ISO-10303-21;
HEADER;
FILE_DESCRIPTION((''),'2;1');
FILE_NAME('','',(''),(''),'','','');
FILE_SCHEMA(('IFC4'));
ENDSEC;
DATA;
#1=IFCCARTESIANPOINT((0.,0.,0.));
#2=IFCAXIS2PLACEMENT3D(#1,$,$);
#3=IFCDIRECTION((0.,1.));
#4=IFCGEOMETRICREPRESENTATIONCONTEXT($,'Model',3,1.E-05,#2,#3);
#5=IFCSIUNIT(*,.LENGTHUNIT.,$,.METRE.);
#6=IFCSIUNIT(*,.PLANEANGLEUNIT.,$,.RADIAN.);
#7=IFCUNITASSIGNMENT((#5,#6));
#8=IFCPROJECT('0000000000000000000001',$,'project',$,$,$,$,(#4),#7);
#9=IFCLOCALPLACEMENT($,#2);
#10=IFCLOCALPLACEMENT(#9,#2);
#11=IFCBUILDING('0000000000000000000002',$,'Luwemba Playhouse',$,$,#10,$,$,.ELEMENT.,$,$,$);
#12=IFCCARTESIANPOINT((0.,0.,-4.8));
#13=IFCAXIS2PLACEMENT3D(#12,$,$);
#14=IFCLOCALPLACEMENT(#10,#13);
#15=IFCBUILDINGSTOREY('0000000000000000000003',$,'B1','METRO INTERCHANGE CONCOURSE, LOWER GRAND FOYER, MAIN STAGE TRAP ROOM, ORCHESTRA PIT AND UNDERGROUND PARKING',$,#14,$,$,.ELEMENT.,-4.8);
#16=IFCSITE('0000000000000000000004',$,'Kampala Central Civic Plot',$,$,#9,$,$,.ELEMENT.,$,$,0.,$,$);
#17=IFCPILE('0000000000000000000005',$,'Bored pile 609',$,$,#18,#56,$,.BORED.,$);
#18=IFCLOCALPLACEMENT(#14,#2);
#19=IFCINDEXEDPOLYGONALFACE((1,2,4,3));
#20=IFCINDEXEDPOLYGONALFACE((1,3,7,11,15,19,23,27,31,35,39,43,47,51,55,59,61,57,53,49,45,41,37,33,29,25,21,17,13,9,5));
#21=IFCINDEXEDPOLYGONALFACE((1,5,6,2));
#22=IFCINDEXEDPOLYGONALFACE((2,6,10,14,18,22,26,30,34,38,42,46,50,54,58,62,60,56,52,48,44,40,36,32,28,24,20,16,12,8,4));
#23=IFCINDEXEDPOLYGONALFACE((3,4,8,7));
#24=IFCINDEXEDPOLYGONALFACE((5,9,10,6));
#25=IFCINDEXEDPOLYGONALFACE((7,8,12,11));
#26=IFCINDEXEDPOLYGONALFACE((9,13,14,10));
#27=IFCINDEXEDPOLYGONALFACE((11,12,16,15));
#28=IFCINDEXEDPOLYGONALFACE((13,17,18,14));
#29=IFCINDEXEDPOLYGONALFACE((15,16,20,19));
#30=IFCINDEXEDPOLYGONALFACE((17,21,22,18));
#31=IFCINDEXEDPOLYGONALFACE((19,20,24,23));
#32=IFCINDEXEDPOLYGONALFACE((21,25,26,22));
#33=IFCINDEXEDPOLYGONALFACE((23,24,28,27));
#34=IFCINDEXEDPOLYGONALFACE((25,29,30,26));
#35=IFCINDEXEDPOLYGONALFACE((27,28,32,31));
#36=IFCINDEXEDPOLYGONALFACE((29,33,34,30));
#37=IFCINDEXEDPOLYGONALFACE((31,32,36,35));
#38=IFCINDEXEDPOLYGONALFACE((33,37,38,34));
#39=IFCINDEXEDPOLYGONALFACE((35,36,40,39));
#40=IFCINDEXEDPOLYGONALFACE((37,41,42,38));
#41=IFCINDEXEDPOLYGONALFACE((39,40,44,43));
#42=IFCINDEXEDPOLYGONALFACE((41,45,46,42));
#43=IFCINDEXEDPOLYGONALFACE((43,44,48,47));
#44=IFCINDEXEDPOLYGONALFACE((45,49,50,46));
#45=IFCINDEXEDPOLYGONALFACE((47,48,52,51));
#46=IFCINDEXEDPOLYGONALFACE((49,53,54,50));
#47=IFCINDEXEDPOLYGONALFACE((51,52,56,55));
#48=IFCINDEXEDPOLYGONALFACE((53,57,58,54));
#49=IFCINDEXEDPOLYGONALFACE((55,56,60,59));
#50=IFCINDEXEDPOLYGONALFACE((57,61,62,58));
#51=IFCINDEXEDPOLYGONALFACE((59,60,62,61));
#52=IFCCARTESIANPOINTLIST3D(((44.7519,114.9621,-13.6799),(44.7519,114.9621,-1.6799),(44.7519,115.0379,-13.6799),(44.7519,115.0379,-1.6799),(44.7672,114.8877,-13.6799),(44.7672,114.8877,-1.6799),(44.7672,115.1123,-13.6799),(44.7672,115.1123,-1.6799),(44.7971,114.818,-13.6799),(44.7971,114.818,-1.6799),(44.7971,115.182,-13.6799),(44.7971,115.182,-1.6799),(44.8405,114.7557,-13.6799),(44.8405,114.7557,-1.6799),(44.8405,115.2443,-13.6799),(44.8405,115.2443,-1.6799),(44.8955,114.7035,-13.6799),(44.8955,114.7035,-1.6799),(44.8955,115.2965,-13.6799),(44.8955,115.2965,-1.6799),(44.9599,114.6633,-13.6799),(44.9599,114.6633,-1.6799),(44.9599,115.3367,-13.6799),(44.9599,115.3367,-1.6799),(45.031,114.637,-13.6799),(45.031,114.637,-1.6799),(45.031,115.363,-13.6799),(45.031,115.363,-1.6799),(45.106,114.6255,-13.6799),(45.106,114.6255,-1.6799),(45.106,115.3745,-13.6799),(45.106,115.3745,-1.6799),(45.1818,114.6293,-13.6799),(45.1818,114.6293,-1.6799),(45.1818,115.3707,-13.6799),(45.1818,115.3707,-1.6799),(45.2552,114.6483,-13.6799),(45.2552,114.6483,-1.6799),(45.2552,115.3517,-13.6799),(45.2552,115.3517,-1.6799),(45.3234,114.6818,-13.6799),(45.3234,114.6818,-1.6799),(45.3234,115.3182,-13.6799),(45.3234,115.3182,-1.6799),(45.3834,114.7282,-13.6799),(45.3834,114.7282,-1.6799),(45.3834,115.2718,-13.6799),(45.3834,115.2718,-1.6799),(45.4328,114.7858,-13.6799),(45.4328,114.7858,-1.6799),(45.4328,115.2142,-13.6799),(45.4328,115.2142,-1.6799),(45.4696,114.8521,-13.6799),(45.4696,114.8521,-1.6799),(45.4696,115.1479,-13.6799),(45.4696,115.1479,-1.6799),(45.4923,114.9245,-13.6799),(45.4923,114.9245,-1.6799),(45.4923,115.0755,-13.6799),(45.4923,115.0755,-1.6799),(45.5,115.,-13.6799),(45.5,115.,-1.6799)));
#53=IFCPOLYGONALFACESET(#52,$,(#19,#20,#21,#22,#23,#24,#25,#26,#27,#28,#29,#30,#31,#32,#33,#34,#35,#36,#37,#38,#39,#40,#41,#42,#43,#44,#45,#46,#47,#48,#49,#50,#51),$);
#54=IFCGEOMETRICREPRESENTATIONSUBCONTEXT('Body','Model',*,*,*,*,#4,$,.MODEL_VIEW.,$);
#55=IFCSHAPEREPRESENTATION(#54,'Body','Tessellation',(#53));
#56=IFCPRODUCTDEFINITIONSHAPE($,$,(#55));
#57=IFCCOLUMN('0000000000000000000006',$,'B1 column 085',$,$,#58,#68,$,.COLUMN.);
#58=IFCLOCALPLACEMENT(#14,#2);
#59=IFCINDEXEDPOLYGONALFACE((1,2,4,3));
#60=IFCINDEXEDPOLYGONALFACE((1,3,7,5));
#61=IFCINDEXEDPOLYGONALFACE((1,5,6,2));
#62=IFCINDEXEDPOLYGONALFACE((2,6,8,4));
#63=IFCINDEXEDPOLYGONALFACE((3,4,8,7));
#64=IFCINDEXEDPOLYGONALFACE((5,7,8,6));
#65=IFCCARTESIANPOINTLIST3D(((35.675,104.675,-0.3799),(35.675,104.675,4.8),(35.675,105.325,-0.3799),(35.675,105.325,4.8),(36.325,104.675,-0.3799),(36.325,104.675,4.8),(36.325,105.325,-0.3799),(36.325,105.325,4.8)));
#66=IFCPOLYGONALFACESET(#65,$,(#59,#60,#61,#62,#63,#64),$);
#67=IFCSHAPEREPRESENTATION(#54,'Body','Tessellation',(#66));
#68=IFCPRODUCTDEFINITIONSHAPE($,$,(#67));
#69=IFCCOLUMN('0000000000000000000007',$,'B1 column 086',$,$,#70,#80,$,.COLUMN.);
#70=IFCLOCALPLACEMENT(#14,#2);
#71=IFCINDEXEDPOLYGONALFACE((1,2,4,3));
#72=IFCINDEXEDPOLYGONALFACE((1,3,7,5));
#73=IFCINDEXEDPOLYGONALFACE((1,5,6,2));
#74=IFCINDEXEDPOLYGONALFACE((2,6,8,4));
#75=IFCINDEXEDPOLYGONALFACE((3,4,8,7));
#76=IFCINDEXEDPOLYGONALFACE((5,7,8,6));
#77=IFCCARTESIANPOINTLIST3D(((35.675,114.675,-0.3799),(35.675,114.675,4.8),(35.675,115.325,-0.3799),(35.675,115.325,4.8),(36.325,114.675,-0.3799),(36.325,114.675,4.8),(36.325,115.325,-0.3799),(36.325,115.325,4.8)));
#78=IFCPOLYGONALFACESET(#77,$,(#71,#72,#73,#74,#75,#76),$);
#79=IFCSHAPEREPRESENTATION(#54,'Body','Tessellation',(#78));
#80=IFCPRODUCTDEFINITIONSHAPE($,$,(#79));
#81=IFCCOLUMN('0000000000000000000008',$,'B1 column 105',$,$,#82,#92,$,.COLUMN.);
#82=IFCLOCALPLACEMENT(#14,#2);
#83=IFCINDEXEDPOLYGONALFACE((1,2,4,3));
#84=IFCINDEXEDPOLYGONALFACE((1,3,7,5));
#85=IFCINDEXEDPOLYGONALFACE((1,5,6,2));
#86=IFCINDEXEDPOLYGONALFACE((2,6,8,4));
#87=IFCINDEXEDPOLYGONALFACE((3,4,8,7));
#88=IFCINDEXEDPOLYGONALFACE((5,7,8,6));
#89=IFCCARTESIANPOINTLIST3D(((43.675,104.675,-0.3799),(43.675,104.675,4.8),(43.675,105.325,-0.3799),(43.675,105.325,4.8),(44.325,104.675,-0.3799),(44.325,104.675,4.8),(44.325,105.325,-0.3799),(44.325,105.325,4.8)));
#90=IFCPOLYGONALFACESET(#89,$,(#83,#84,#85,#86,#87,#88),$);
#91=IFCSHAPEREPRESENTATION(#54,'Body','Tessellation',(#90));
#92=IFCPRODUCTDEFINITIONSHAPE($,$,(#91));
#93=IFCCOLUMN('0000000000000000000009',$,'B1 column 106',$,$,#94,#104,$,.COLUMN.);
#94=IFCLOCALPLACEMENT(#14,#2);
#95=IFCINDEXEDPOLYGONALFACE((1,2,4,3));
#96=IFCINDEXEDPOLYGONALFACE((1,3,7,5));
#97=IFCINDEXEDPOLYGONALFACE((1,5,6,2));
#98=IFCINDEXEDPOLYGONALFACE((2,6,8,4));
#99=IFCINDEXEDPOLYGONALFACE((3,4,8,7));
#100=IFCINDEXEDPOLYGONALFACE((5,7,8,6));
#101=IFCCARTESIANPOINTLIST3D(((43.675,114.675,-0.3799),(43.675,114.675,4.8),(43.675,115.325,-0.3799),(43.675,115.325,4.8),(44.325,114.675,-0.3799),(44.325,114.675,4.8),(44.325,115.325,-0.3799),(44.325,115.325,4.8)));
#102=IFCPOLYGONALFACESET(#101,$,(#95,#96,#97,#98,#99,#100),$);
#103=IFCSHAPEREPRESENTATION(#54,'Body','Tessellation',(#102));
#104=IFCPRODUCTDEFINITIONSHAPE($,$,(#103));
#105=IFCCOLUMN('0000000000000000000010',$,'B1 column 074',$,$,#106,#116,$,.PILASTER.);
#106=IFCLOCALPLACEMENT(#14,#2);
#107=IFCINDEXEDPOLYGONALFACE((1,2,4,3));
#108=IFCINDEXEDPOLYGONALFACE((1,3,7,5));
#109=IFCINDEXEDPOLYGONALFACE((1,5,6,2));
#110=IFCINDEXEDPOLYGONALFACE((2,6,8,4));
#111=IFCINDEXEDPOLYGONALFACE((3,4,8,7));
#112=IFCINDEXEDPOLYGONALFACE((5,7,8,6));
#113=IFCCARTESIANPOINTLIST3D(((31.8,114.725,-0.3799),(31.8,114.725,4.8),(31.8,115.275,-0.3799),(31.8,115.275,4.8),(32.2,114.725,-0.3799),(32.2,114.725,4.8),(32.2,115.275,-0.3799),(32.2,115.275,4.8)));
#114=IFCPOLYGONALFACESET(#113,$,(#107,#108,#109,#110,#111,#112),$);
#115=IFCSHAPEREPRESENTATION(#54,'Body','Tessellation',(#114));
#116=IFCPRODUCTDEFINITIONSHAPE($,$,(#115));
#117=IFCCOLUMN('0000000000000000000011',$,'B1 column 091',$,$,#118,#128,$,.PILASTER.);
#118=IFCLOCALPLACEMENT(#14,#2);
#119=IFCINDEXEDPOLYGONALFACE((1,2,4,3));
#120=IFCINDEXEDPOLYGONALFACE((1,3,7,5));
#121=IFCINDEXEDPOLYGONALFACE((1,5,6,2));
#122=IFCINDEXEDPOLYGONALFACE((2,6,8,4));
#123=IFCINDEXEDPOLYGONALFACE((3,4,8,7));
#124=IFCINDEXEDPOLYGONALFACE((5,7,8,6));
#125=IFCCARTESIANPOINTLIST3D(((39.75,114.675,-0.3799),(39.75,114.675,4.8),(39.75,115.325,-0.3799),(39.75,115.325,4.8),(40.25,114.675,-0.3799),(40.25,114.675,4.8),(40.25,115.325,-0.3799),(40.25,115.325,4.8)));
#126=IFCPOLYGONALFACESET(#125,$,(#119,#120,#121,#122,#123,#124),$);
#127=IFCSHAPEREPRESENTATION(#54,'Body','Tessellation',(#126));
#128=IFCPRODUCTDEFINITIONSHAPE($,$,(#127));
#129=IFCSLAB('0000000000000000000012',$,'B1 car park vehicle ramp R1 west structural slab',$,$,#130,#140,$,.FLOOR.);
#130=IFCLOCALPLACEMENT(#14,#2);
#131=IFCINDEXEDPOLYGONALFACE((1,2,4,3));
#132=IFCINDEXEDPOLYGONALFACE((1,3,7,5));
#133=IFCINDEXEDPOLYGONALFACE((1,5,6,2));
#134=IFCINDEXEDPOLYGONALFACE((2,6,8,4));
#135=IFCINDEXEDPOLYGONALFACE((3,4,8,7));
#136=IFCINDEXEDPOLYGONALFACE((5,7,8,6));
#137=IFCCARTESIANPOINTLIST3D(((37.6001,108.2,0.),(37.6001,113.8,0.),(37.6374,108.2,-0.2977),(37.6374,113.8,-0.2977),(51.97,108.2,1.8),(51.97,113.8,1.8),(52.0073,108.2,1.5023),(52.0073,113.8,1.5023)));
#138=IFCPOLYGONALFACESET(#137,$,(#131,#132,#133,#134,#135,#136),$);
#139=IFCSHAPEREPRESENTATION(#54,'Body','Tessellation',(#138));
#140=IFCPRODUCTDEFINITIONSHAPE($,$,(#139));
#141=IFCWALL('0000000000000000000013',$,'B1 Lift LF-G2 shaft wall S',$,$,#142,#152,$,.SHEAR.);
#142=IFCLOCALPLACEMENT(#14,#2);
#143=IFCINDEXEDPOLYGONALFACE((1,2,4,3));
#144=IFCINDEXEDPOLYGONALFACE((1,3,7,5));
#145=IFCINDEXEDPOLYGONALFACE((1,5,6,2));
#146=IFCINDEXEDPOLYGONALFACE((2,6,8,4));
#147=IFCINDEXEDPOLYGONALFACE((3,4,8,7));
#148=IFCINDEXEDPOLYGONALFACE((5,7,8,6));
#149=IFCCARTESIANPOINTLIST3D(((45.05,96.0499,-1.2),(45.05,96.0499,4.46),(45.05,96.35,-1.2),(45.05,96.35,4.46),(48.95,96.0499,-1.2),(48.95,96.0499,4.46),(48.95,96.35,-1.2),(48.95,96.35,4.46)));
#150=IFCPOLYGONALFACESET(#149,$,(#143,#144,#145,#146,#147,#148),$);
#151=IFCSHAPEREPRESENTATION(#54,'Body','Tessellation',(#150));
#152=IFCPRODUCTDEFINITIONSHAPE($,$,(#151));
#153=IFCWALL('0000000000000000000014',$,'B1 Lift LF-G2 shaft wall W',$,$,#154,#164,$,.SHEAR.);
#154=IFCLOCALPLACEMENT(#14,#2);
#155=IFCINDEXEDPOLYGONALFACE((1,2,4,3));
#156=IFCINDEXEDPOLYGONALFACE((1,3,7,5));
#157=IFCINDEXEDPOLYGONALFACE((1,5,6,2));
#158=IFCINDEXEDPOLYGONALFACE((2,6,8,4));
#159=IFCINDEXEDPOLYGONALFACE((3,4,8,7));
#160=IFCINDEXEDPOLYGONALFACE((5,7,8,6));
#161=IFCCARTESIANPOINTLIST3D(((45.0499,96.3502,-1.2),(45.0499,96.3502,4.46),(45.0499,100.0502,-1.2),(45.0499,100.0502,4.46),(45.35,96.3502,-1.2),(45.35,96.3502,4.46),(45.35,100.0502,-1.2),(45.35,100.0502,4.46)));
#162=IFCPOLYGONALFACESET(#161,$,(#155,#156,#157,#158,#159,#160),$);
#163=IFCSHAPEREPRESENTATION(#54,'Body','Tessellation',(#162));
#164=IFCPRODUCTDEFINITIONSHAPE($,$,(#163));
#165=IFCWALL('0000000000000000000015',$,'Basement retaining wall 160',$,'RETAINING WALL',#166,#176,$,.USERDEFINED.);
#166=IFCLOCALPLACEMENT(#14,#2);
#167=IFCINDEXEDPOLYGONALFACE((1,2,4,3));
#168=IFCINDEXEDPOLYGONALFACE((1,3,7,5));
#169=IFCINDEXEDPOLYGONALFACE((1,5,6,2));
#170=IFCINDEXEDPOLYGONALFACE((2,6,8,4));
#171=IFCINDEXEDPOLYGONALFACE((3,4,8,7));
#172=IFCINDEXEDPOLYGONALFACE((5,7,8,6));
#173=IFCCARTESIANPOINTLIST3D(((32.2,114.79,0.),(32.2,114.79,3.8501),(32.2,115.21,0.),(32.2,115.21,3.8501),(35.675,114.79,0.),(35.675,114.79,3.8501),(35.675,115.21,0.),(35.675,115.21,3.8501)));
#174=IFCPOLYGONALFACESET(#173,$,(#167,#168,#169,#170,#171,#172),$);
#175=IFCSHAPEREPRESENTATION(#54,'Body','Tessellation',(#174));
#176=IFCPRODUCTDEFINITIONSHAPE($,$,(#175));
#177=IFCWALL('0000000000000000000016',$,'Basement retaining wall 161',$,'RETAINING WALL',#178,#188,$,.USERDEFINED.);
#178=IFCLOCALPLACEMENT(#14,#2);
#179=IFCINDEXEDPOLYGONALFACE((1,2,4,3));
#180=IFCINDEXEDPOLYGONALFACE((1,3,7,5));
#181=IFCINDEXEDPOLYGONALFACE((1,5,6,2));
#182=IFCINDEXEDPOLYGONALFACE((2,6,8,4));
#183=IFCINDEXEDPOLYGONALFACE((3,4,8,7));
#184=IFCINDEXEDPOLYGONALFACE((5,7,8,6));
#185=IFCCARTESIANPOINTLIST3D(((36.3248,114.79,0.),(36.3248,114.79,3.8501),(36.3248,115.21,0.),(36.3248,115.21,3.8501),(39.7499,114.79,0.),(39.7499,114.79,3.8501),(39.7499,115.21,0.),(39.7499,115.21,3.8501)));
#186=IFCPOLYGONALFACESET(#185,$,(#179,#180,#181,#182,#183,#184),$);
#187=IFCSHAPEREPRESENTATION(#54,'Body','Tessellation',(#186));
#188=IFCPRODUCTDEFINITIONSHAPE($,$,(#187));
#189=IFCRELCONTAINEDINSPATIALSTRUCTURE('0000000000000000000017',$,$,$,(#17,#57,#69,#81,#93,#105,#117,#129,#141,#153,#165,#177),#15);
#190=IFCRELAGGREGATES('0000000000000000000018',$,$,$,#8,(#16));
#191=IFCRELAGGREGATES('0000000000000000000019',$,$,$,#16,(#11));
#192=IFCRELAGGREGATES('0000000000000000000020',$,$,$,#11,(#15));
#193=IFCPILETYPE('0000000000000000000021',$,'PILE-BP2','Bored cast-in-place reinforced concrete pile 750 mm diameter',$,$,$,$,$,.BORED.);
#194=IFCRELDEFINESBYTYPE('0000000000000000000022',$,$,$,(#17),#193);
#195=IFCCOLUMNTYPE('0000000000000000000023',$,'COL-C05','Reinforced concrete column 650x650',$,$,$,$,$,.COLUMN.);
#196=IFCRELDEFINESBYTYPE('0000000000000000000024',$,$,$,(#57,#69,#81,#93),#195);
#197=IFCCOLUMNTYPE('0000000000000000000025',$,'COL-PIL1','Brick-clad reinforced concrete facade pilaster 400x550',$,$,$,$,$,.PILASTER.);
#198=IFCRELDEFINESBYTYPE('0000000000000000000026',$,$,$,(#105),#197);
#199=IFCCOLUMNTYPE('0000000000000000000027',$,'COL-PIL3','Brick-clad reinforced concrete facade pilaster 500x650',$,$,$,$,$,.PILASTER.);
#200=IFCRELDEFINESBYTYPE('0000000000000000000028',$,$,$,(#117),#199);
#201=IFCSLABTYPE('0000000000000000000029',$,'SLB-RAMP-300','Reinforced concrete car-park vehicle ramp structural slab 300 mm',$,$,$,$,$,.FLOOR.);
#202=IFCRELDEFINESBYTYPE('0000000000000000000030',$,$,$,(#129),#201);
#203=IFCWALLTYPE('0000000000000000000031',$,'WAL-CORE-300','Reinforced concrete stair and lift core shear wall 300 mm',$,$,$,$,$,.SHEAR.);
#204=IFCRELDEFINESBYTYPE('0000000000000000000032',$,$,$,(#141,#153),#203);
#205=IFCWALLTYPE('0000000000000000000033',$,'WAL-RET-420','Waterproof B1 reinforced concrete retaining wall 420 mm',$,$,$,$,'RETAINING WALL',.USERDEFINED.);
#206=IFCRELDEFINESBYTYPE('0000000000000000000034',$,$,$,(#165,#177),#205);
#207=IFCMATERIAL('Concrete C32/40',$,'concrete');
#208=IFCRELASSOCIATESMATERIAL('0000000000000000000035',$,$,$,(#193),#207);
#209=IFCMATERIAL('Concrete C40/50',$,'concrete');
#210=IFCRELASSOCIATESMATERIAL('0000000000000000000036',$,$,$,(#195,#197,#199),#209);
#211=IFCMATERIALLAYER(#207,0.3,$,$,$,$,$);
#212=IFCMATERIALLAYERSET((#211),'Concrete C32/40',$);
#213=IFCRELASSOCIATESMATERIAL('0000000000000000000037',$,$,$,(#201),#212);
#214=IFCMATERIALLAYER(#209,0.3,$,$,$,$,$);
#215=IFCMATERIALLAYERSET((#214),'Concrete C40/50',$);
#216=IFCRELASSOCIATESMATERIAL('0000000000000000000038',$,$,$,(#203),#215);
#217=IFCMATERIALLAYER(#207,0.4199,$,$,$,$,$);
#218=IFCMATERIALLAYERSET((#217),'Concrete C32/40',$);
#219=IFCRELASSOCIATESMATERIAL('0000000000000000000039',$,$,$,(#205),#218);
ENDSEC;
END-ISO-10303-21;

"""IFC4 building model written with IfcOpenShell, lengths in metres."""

from ifc_helpers import new_model, si_unit, direction, frame, frame_2d, origin, origin_2d, place, context, subcontext, project, spatial, polyline, rectangle, circle, outline, extrude, material, layer, layer_set, material_profile, profile_set, type_object, element, save


model = new_model("IFC4")

# Units and contexts
model_context = context("Model", 3, precision=1e-05, world=origin(), true_north=direction((0.0, 1.0)))
body_context = subcontext(model_context, "Body", "Model", "MODEL_VIEW")
ifc_project = project(units=[si_unit("LENGTHUNIT", "METRE"), si_unit("PLANEANGLEUNIT", "RADIAN")], contexts=[model_context])

# Site, building, storey
site_placement = place(None, origin())
site = spatial("IfcSite", under=ifc_project, at=site_placement, Name="Kampala Central Civic Plot", CompositionType="ELEMENT", RefElevation=0.0)
building_placement = place(site_placement, origin())
building = spatial("IfcBuilding", under=site, at=building_placement, Name="Luwemba Playhouse", CompositionType="ELEMENT")
storey_placement = place(building_placement, frame((0.0, 0.0, -4.8)))
storey = spatial("IfcBuildingStorey", under=building, at=storey_placement, Name="B1", Description="METRO INTERCHANGE CONCOURSE, LOWER GRAND FOYER, MAIN STAGE TRAP ROOM, ORCHESTRA PIT AND UNDERGROUND PARKING", CompositionType="ELEMENT", Elevation=-4.8)

# Shared definitions
ifc_material_1 = material(Name="Concrete C32/40", Category="concrete")

# Pile
ifc_material_profile_1 = material_profile(ifc_material_1, circle(Radius=0.375, at=origin_2d()))
ifc_profile_set_1 = profile_set([ifc_material_profile_1], Name="Concrete C32/40")
pile_type_1 = type_object("IfcPileType", Name="PILE-BP2", Description="Bored cast-in-place reinforced concrete pile 750 mm diameter", PredefinedType="BORED", material=ifc_profile_set_1)
for number, where, z_axis, x_axis, name in (
    (1, (45.125, 115.0, -1.6799), (0.0, 0.0, -1.0), (1.0, 0.0, 0.0), "Bored pile 609"),
):
    element("IfcPile", number, at=place(storey_placement, frame(where, z_axis=z_axis, x_axis=x_axis)), inside=storey, type_object=pile_type_1, Name=name, PredefinedType="BORED", context=body_context, shape_type="SweptSolid", body=[
        extrude(circle(Radius=0.375, at=origin_2d()), origin(), (0.0, 0.0, 1.0), 12.0),
    ])

# Columns
ifc_material_2 = material(Name="Concrete C40/50", Category="concrete")
ifc_material_profile_2 = material_profile(ifc_material_2, rectangle(XDim=0.6499, YDim=0.6499, at=origin_2d()))
ifc_profile_set_2 = profile_set([ifc_material_profile_2], Name="Concrete C40/50")
column_type_1 = type_object("IfcColumnType", Name="COL-C05", Description="Reinforced concrete column 650x650", PredefinedType="COLUMN", material=ifc_profile_set_2)
for number, where, z_axis, x_axis, name in (
    (2, (36.0, 105.0, -0.3799), (0.0, 0.0, 1.0), (1.0, 0.0, 0.0), "B1 column 085"),
    (3, (36.0, 115.0, -0.3799), (0.0, 0.0, 1.0), (1.0, 0.0, 0.0), "B1 column 086"),
    (4, (44.0, 105.0, -0.3799), (0.0, 0.0, 1.0), (1.0, 0.0, 0.0), "B1 column 105"),
    (5, (44.0, 115.0, -0.3799), (0.0, 0.0, 1.0), (1.0, 0.0, 0.0), "B1 column 106"),
):
    element("IfcColumn", number, at=place(storey_placement, frame(where, z_axis=z_axis, x_axis=x_axis)), inside=storey, type_object=column_type_1, Name=name, PredefinedType="COLUMN", context=body_context, shape_type="SweptSolid", body=[
        extrude(rectangle(XDim=0.6499, YDim=0.6499, at=origin_2d()), origin(), (0.0, 0.0, 1.0), 5.1799),
    ])
ifc_material_profile_3 = material_profile(ifc_material_2, rectangle(XDim=0.3999, YDim=0.55, at=origin_2d()))
ifc_profile_set_3 = profile_set([ifc_material_profile_3], Name="Concrete C40/50")
column_type_2 = type_object("IfcColumnType", Name="COL-PIL1", Description="Brick-clad reinforced concrete facade pilaster 400x550", PredefinedType="PILASTER", material=ifc_profile_set_3)
column_1_placement = place(storey_placement, frame((32.0, 115.0, -0.3799), z_axis=(0.0, 0.0, 1.0), x_axis=(1.0, 0.0, 0.0)))
element("IfcColumn", 6, at=column_1_placement, inside=storey, type_object=column_type_2, Name="B1 column 074", PredefinedType="PILASTER", context=body_context, shape_type="SweptSolid", body=[
    extrude(rectangle(XDim=0.3999, YDim=0.55, at=origin_2d()), origin(), (0.0, 0.0, 1.0), 5.1799),
])
ifc_material_profile_4 = material_profile(ifc_material_2, rectangle(XDim=0.5, YDim=0.6499, at=origin_2d()))
ifc_profile_set_4 = profile_set([ifc_material_profile_4], Name="Concrete C40/50")
column_type_3 = type_object("IfcColumnType", Name="COL-PIL3", Description="Brick-clad reinforced concrete facade pilaster 500x650", PredefinedType="PILASTER", material=ifc_profile_set_4)
column_2_placement = place(storey_placement, frame((40.0, 115.0, -0.3799), z_axis=(0.0, 0.0, 1.0), x_axis=(1.0, 0.0, 0.0)))
element("IfcColumn", 7, at=column_2_placement, inside=storey, type_object=column_type_3, Name="B1 column 091", PredefinedType="PILASTER", context=body_context, shape_type="SweptSolid", body=[
    extrude(rectangle(XDim=0.5, YDim=0.6499, at=origin_2d()), origin(), (0.0, 0.0, 1.0), 5.1799),
])

# Slab
ifc_layer_1 = layer(ifc_material_1, 0.3)
ifc_layer_set_1 = layer_set([ifc_layer_1], Name="Concrete C32/40")
slab_type = type_object("IfcSlabType", Name="SLB-RAMP-300", Description="Reinforced concrete car-park vehicle ramp structural slab 300 mm", PredefinedType="FLOOR", material=ifc_layer_set_1)
slab_placement = place(storey_placement, frame((37.6001, 108.2, 0.0), z_axis=(-0.124294, 0.0, 0.992245), x_axis=(0.992245, 0.0, 0.124294)))
element("IfcSlab", 8, at=slab_placement, inside=storey, type_object=slab_type, Name="B1 car park vehicle ramp R1 west structural slab", PredefinedType="FLOOR", context=body_context, shape_type="SweptSolid", body=[
    extrude(outline(polyline([(0.0, 0.0), (14.4822, 0.0), (14.4822, 5.6001), (0.0, 5.6001), (0.0, 0.0)])), origin(), (0.0, 0.0, -1.0), 0.3),
])

# Walls
ifc_layer_2 = layer(ifc_material_2, 0.3)
ifc_layer_set_2 = layer_set([ifc_layer_2], Name="Concrete C40/50")
wall_type_1 = type_object("IfcWallType", Name="WAL-CORE-300", Description="Reinforced concrete stair and lift core shear wall 300 mm", PredefinedType="SHEAR", material=ifc_layer_set_2)
wall_1_placement = place(storey_placement, frame((45.05, 96.2, -1.2), z_axis=(0.0, 0.0, 1.0), x_axis=(1.0, 0.0, 0.0)))
element("IfcWall", 9, at=wall_1_placement, inside=storey, type_object=wall_type_1, Name="B1 Lift LF-G2 shaft wall S", PredefinedType="SHEAR", context=body_context, shape_type="SweptSolid", body=[
    extrude(rectangle(XDim=3.8999, YDim=0.3, at=frame_2d((1.95, 0.0))), origin(), (0.0, 0.0, 1.0), 5.6599),
])
wall_2_placement = place(storey_placement, frame((45.2, 96.3501, -1.2), z_axis=(0.0, 0.0, 1.0), x_axis=(0.0, 1.0, 0.0)))
element("IfcWall", 10, at=wall_2_placement, inside=storey, type_object=wall_type_1, Name="B1 Lift LF-G2 shaft wall W", PredefinedType="SHEAR", context=body_context, shape_type="SweptSolid", body=[
    extrude(rectangle(XDim=3.7, YDim=0.3, at=frame_2d((1.8501, 0.0))), origin(), (0.0, 0.0, 1.0), 5.6599),
])
ifc_layer_3 = layer(ifc_material_1, 0.4199)
ifc_layer_set_3 = layer_set([ifc_layer_3], Name="Concrete C32/40")
wall_type_2 = type_object("IfcWallType", Name="WAL-RET-420", Description="Waterproof B1 reinforced concrete retaining wall 420 mm", ElementType="RETAINING WALL", PredefinedType="USERDEFINED", material=ifc_layer_set_3)
wall_3_placement = place(storey_placement, frame((32.2, 115.0, 0.0), z_axis=(0.0, 0.0, 1.0), x_axis=(1.0, 0.0, 0.0)))
element("IfcWall", 11, at=wall_3_placement, inside=storey, type_object=wall_type_2, Name="Basement retaining wall 160", ObjectType="RETAINING WALL", PredefinedType="USERDEFINED", context=body_context, shape_type="SweptSolid", body=[
    extrude(rectangle(XDim=3.4751, YDim=0.4199, at=frame_2d((1.7375, 0.0))), origin(), (0.0, 0.0, 1.0), 3.8501),
])
for number, where, z_axis, x_axis, name in (
    (12, (36.325, 115.0, 0.0), (0.0, 0.0, 1.0), (1.0, 0.0, 0.0), "Basement retaining wall 161"),
):
    element("IfcWall", number, at=place(storey_placement, frame(where, z_axis=z_axis, x_axis=x_axis)), inside=storey, type_object=wall_type_2, Name=name, ObjectType="RETAINING WALL", PredefinedType="USERDEFINED", context=body_context, shape_type="SweptSolid", body=[
        extrude(rectangle(XDim=3.425, YDim=0.4199, at=frame_2d((1.7124, 0.0))), origin(), (0.0, 0.0, 1.0), 3.8501),
    ])

save(model, "model.ifc")
